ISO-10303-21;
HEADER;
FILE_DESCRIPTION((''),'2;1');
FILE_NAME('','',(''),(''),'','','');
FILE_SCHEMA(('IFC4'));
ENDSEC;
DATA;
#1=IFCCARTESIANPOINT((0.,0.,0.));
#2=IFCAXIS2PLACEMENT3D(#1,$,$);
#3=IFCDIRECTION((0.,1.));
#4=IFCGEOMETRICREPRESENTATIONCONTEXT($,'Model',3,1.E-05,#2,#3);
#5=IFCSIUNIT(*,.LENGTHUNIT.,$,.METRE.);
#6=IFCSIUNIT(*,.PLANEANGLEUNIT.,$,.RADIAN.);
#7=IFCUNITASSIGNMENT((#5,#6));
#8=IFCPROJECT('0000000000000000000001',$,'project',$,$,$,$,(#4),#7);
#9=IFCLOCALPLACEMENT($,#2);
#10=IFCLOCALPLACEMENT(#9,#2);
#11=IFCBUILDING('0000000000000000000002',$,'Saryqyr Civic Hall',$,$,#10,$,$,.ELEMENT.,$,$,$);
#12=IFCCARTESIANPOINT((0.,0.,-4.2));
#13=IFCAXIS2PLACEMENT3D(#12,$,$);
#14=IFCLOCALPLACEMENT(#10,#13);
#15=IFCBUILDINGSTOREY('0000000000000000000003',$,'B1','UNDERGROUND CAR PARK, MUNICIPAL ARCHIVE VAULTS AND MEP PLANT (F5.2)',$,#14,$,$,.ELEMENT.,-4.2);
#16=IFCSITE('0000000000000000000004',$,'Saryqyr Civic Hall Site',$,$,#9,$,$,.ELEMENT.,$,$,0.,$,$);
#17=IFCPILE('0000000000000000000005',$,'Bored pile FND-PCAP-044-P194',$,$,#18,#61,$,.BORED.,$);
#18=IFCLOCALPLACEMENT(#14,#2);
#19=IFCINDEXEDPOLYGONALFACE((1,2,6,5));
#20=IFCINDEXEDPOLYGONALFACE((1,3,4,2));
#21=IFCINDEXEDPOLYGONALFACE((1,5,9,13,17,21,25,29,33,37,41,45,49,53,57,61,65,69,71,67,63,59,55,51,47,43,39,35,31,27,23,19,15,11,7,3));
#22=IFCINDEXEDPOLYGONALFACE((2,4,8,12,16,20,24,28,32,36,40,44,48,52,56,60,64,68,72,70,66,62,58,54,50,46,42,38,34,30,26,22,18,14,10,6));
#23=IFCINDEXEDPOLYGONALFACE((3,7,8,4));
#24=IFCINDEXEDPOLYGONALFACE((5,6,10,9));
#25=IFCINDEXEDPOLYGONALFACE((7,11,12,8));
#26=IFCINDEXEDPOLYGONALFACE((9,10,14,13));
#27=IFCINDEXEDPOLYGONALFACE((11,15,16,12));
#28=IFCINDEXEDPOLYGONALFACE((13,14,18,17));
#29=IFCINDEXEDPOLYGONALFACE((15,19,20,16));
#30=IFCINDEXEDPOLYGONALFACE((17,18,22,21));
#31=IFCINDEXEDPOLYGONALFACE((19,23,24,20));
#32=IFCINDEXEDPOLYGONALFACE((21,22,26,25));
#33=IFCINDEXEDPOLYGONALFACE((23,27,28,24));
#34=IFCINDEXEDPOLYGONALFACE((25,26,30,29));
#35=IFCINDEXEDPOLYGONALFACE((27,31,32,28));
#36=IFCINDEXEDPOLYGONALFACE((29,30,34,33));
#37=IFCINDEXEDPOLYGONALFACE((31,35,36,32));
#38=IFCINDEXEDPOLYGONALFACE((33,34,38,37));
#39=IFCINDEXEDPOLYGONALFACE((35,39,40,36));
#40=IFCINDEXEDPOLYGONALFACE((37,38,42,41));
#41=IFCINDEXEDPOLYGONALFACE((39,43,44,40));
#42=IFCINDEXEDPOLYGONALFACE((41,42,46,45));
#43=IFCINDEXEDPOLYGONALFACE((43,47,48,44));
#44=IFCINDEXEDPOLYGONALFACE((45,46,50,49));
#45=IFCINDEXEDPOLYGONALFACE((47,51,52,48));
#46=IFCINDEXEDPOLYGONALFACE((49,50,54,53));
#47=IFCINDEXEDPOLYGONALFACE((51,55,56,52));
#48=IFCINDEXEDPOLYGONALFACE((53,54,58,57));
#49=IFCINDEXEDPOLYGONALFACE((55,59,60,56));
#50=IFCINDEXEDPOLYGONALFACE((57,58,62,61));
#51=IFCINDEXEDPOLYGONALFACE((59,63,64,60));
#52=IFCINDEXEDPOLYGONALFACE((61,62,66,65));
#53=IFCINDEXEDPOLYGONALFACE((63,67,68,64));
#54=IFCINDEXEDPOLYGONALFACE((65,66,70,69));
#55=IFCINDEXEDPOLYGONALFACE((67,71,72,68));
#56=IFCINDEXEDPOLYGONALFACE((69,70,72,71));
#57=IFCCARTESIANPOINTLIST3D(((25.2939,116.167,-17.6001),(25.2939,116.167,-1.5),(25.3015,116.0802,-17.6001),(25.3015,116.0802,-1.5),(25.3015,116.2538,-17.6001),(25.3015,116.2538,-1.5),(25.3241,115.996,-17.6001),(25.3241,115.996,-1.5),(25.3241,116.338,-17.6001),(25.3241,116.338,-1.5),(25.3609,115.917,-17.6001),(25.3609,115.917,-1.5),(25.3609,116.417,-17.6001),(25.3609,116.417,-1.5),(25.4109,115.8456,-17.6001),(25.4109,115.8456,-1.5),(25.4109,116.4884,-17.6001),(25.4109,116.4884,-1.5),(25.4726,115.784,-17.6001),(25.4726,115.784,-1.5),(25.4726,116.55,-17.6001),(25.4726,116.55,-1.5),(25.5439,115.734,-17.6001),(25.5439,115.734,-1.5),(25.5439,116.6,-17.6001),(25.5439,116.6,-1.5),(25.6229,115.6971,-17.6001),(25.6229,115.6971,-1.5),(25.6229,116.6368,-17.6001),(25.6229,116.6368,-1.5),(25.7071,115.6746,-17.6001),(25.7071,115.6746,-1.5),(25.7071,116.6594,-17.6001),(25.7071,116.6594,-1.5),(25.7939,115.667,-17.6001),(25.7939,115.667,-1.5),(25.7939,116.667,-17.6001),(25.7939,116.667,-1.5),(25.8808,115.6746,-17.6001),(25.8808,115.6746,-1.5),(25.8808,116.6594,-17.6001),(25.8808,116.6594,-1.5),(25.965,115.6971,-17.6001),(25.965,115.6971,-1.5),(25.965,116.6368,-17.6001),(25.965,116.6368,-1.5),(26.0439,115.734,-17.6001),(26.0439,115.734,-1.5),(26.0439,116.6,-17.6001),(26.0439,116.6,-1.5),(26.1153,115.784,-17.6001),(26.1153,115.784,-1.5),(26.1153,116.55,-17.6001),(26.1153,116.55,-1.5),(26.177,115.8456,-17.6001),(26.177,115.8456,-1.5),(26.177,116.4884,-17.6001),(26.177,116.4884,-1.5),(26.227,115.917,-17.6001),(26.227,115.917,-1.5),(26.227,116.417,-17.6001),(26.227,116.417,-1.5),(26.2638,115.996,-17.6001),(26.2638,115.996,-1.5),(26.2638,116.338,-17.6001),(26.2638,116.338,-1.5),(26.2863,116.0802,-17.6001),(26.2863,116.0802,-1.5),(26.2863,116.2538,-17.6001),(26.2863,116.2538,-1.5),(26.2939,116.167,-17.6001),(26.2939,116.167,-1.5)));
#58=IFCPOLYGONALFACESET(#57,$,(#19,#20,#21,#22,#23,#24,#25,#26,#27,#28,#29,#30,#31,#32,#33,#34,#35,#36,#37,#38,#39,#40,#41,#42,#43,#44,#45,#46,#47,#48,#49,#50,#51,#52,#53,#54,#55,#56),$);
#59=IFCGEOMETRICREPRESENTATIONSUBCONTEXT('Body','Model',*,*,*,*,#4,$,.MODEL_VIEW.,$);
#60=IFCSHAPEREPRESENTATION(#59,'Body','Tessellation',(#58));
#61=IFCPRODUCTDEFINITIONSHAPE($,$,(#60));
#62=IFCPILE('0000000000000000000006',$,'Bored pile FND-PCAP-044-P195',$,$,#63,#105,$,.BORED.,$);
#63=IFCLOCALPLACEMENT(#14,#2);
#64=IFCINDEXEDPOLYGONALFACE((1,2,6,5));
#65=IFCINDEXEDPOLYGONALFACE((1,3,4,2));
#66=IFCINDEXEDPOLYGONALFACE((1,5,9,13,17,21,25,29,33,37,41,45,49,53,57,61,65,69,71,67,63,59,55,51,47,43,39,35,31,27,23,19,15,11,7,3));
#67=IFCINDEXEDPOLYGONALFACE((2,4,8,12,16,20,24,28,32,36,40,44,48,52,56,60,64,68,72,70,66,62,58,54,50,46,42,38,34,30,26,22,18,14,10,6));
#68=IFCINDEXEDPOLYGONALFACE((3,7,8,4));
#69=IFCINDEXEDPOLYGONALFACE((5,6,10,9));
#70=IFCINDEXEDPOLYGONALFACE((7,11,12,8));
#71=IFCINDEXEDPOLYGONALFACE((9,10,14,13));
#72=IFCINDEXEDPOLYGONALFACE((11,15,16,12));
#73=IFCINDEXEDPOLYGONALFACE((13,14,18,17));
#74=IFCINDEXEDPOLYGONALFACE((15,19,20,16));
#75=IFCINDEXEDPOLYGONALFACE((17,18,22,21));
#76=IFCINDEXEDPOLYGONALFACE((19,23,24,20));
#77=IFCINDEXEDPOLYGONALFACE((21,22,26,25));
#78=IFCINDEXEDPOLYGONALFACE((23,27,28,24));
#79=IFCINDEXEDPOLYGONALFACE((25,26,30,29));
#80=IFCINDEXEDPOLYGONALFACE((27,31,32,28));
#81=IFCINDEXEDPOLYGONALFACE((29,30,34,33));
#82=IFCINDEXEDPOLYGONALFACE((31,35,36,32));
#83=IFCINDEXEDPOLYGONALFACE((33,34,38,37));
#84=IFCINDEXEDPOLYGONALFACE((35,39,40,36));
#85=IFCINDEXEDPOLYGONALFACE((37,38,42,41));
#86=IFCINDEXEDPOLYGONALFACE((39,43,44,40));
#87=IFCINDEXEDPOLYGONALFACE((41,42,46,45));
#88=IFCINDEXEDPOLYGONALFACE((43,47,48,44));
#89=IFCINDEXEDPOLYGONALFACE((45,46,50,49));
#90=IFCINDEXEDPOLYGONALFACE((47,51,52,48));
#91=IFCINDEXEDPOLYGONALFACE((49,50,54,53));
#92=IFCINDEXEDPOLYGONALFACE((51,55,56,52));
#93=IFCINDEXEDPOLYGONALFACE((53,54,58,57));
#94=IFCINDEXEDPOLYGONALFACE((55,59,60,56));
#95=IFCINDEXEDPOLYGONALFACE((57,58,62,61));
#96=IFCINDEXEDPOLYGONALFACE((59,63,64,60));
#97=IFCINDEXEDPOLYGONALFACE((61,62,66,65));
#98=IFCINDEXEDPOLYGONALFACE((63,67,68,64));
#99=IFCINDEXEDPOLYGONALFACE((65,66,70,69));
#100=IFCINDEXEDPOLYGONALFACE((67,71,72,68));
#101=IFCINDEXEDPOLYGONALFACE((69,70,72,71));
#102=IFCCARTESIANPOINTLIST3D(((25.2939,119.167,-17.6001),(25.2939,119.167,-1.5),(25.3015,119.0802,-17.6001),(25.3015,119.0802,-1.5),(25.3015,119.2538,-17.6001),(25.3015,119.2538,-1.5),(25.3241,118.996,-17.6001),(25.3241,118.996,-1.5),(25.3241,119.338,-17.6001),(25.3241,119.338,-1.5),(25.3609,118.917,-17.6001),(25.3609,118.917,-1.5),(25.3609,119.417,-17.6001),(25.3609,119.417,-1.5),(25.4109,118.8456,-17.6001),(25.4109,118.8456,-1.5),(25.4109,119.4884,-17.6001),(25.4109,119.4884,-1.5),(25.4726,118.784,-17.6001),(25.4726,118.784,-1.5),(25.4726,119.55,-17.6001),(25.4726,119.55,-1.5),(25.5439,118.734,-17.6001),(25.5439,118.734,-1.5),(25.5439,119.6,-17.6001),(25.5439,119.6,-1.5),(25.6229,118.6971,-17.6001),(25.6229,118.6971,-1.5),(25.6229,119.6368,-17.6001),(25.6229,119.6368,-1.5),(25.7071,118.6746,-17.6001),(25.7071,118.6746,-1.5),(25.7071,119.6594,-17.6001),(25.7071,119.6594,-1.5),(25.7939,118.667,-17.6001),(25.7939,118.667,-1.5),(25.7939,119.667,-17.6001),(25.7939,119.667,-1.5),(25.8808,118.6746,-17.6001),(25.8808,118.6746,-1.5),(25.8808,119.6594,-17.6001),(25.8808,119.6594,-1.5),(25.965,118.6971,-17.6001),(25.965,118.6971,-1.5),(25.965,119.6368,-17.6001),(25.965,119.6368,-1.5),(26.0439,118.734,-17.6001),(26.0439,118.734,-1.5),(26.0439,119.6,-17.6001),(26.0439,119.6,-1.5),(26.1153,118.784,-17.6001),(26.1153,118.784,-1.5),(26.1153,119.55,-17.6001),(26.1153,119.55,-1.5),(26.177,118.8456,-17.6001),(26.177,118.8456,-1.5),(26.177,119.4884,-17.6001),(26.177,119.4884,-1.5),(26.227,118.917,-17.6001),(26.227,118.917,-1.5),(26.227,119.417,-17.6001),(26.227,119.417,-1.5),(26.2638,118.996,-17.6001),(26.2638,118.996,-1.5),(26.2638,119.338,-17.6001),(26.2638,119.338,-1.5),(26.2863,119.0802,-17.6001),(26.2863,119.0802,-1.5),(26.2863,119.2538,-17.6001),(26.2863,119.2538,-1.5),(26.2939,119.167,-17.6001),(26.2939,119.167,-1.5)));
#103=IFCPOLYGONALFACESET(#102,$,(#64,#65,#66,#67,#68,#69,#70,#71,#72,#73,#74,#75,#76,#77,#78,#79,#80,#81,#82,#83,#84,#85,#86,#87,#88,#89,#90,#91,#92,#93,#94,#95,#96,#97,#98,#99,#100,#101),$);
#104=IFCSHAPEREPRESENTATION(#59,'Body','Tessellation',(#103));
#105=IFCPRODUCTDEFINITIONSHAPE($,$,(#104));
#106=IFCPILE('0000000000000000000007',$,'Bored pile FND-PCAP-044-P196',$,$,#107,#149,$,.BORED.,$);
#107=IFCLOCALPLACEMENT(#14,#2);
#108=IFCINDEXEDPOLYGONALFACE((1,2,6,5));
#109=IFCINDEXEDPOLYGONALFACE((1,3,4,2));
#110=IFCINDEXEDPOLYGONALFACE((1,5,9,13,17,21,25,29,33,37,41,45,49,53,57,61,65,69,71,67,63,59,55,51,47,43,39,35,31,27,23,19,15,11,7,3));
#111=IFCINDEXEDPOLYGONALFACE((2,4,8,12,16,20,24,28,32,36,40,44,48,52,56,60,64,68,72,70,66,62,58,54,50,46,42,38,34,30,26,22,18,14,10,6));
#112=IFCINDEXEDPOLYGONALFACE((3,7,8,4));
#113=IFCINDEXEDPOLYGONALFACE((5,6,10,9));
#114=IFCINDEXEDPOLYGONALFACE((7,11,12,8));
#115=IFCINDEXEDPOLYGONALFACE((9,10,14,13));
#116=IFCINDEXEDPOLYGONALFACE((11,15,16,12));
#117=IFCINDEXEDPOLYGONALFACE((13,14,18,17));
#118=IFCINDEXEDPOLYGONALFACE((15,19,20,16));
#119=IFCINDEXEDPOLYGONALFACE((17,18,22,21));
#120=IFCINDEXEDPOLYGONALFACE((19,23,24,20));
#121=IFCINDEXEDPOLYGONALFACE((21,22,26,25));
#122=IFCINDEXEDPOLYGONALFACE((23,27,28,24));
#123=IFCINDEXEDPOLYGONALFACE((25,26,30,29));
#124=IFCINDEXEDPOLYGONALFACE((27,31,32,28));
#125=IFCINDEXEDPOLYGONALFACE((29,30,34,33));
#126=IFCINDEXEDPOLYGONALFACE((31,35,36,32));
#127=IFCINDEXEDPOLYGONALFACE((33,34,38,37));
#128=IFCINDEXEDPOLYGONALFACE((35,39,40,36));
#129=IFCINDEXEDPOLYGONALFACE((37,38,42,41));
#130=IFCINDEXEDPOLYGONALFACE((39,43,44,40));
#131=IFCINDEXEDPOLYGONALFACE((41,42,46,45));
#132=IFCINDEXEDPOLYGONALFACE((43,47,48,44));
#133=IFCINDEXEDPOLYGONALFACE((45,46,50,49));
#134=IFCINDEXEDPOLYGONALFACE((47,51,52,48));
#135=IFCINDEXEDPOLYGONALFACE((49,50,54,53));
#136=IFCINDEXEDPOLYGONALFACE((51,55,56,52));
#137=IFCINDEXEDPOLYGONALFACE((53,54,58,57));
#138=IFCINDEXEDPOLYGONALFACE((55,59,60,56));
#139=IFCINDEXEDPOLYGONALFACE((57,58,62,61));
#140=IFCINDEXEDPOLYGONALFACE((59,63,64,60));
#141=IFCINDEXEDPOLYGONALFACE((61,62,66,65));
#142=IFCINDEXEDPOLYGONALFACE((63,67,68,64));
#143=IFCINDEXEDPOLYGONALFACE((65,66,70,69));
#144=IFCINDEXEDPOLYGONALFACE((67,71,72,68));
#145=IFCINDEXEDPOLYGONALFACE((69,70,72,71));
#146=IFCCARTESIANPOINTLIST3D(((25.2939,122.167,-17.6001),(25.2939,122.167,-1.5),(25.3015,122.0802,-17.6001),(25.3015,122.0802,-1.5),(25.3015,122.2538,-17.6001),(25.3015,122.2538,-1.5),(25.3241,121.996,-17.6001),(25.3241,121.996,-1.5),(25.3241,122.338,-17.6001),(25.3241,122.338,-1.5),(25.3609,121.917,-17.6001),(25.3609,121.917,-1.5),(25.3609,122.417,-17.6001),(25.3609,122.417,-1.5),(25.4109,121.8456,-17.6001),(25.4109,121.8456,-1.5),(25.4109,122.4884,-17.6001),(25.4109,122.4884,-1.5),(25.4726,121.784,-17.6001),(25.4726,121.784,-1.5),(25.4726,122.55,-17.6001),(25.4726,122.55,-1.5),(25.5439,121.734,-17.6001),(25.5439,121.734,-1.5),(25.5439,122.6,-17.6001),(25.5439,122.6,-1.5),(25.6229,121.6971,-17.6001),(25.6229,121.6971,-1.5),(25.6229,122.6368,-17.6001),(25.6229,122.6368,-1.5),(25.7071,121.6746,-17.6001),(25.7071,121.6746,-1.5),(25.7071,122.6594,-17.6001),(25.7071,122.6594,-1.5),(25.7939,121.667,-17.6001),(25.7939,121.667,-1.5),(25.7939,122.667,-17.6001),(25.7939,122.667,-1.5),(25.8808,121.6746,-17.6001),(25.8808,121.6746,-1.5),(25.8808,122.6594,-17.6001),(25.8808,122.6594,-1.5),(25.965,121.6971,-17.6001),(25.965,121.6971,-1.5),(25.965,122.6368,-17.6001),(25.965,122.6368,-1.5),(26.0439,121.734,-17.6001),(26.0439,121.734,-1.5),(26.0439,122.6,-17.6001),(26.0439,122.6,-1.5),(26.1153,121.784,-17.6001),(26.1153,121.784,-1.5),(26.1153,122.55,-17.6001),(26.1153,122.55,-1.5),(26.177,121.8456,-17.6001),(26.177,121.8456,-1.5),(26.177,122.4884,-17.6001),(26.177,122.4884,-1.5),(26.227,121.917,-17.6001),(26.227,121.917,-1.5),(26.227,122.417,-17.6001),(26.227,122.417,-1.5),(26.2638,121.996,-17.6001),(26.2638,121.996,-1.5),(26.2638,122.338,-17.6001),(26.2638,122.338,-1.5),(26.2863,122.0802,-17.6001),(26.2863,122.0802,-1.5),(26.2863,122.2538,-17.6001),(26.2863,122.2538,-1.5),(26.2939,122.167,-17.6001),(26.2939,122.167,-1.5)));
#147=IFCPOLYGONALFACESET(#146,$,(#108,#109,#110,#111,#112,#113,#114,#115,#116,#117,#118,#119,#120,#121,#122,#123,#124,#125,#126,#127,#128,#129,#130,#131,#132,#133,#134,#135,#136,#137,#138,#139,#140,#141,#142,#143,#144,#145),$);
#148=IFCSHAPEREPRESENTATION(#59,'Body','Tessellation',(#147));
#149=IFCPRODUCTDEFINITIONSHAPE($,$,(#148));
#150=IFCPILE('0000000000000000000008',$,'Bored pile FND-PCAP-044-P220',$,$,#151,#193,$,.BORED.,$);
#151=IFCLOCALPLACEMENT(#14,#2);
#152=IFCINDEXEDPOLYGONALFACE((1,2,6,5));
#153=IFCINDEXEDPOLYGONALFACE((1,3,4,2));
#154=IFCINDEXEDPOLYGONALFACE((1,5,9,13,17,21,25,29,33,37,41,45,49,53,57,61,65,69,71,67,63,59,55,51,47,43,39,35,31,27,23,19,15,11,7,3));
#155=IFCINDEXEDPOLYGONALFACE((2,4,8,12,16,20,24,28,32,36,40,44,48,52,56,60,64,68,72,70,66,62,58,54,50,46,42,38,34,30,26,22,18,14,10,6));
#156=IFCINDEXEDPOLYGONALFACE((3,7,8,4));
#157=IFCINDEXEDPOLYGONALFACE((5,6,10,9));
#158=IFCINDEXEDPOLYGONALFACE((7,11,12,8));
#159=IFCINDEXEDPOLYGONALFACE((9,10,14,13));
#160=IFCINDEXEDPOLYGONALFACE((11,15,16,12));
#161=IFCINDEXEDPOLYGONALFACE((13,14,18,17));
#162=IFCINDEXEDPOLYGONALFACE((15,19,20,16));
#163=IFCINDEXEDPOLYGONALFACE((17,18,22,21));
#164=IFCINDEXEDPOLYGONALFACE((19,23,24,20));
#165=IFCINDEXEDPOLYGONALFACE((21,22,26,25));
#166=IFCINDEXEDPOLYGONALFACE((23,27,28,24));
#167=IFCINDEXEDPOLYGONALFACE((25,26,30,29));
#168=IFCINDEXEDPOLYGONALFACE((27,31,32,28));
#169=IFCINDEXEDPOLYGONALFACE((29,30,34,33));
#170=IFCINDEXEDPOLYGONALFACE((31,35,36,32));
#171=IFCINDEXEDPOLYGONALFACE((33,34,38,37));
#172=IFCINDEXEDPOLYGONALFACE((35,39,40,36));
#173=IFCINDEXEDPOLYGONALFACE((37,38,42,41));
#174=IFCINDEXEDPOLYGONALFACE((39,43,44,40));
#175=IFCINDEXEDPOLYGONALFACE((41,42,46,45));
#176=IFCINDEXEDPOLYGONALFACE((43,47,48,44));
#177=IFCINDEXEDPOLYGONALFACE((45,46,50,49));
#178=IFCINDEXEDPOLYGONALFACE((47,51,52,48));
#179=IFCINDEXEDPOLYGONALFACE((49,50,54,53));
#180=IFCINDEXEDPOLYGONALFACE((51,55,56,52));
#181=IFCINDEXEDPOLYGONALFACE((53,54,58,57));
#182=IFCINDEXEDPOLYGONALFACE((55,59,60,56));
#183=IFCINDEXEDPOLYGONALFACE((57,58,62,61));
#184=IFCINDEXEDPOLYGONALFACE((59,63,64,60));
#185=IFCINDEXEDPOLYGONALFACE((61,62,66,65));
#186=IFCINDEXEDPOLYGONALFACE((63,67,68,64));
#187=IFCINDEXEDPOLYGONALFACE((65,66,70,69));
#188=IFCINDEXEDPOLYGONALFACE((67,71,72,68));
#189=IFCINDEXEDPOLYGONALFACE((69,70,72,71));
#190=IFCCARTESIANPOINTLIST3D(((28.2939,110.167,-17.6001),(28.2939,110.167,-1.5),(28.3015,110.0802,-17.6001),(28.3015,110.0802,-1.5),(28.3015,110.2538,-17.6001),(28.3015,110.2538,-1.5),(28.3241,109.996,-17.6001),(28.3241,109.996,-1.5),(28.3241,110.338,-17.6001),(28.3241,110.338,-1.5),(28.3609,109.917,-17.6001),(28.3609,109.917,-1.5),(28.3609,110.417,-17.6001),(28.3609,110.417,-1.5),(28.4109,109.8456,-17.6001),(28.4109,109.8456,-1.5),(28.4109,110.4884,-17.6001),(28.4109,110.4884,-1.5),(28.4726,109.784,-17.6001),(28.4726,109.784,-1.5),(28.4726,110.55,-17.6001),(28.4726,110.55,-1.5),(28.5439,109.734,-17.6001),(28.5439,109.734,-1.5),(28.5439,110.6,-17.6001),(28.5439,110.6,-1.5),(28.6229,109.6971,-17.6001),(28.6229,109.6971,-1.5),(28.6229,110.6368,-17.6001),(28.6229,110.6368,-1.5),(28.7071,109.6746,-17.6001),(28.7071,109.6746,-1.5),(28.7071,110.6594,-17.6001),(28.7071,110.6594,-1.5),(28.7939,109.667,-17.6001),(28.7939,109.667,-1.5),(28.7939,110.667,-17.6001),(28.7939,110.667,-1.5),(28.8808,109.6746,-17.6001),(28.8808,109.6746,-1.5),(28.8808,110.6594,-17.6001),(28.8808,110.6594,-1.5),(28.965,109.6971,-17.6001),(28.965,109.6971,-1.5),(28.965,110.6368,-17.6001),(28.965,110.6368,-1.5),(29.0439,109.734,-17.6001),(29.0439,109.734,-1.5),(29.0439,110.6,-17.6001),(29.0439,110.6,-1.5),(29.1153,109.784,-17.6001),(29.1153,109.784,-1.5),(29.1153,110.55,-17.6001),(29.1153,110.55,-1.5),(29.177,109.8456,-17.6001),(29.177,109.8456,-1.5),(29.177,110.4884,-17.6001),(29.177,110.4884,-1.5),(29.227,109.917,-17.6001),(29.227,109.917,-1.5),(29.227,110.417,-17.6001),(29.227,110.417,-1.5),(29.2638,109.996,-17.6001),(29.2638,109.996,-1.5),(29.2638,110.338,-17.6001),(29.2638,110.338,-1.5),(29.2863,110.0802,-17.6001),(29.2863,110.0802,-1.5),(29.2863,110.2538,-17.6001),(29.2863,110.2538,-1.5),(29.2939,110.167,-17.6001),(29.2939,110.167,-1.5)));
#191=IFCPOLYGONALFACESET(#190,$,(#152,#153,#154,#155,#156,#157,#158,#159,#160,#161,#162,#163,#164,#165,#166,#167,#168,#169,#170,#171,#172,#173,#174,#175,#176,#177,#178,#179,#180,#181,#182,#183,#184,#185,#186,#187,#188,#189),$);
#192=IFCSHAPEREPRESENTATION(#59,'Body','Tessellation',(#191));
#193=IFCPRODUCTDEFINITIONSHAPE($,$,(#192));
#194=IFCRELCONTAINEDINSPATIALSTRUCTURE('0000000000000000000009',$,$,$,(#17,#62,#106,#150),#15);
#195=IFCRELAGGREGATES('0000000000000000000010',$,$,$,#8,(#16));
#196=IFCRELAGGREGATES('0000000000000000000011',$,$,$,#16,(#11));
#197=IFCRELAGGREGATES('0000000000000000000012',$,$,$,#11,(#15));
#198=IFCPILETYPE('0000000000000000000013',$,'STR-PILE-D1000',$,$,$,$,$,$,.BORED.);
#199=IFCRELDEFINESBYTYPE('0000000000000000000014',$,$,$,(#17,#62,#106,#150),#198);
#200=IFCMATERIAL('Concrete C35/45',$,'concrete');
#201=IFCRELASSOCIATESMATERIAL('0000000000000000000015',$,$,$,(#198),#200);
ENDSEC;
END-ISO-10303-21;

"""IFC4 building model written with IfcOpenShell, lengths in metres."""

from ifc_helpers import new_model, si_unit, direction, frame, origin, origin_2d, place, context, subcontext, project, spatial, circle, extrude, material, material_profile, profile_set, type_object, element, save


model = new_model("IFC4")

# Units and contexts
model_context = context("Model", 3, precision=1e-05, world=origin(), true_north=direction((0.0, 1.0)))
body_context = subcontext(model_context, "Body", "Model", "MODEL_VIEW")
ifc_project = project(units=[si_unit("LENGTHUNIT", "METRE"), si_unit("PLANEANGLEUNIT", "RADIAN")], contexts=[model_context])

# Site, building, storey
site_placement = place(None, origin())
site = spatial("IfcSite", under=ifc_project, at=site_placement, Name="Saryqyr Civic Hall Site", CompositionType="ELEMENT", RefElevation=0.0)
building_placement = place(site_placement, origin())
building = spatial("IfcBuilding", under=site, at=building_placement, Name="Saryqyr Civic Hall", CompositionType="ELEMENT")
storey_placement = place(building_placement, frame((0.0, 0.0, -4.2)))
storey = spatial("IfcBuildingStorey", under=building, at=storey_placement, Name="B1", Description="UNDERGROUND CAR PARK, MUNICIPAL ARCHIVE VAULTS AND MEP PLANT (F5.2)", CompositionType="ELEMENT", Elevation=-4.2)

# Shared definitions
ifc_material_1 = material(Name="Concrete C35/45", Category="concrete")

# Piles
ifc_material_profile_1 = material_profile(ifc_material_1, circle(Radius=0.5, at=origin_2d()), Name="BORED PILE D1000")
ifc_profile_set_1 = profile_set([ifc_material_profile_1], Name="Concrete C35/45")
pile_type = type_object("IfcPileType", Name="STR-PILE-D1000", PredefinedType="BORED", material=ifc_profile_set_1)
for number, where, z_axis, x_axis, name in (
    (1, (25.7939, 116.167, -1.5), (0.0, 0.0, -1.0), (1.0, 0.0, 0.0), "Bored pile FND-PCAP-044-P194"),
    (2, (25.7939, 119.167, -1.5), (0.0, 0.0, -1.0), (1.0, 0.0, 0.0), "Bored pile FND-PCAP-044-P195"),
    (3, (25.7939, 122.167, -1.5), (0.0, 0.0, -1.0), (1.0, 0.0, 0.0), "Bored pile FND-PCAP-044-P196"),
    (4, (28.7939, 110.167, -1.5), (0.0, 0.0, -1.0), (1.0, 0.0, 0.0), "Bored pile FND-PCAP-044-P220"),
):
    element("IfcPile", number, at=place(storey_placement, frame(where, z_axis=z_axis, x_axis=x_axis)), inside=storey, type_object=pile_type, Name=name, PredefinedType="BORED", context=body_context, shape_type="SweptSolid", body=[
        extrude(circle(Radius=0.5, at=origin_2d()), origin(), (0.0, 0.0, 1.0), 16.1001),
    ])

save(model, "model.ifc")
